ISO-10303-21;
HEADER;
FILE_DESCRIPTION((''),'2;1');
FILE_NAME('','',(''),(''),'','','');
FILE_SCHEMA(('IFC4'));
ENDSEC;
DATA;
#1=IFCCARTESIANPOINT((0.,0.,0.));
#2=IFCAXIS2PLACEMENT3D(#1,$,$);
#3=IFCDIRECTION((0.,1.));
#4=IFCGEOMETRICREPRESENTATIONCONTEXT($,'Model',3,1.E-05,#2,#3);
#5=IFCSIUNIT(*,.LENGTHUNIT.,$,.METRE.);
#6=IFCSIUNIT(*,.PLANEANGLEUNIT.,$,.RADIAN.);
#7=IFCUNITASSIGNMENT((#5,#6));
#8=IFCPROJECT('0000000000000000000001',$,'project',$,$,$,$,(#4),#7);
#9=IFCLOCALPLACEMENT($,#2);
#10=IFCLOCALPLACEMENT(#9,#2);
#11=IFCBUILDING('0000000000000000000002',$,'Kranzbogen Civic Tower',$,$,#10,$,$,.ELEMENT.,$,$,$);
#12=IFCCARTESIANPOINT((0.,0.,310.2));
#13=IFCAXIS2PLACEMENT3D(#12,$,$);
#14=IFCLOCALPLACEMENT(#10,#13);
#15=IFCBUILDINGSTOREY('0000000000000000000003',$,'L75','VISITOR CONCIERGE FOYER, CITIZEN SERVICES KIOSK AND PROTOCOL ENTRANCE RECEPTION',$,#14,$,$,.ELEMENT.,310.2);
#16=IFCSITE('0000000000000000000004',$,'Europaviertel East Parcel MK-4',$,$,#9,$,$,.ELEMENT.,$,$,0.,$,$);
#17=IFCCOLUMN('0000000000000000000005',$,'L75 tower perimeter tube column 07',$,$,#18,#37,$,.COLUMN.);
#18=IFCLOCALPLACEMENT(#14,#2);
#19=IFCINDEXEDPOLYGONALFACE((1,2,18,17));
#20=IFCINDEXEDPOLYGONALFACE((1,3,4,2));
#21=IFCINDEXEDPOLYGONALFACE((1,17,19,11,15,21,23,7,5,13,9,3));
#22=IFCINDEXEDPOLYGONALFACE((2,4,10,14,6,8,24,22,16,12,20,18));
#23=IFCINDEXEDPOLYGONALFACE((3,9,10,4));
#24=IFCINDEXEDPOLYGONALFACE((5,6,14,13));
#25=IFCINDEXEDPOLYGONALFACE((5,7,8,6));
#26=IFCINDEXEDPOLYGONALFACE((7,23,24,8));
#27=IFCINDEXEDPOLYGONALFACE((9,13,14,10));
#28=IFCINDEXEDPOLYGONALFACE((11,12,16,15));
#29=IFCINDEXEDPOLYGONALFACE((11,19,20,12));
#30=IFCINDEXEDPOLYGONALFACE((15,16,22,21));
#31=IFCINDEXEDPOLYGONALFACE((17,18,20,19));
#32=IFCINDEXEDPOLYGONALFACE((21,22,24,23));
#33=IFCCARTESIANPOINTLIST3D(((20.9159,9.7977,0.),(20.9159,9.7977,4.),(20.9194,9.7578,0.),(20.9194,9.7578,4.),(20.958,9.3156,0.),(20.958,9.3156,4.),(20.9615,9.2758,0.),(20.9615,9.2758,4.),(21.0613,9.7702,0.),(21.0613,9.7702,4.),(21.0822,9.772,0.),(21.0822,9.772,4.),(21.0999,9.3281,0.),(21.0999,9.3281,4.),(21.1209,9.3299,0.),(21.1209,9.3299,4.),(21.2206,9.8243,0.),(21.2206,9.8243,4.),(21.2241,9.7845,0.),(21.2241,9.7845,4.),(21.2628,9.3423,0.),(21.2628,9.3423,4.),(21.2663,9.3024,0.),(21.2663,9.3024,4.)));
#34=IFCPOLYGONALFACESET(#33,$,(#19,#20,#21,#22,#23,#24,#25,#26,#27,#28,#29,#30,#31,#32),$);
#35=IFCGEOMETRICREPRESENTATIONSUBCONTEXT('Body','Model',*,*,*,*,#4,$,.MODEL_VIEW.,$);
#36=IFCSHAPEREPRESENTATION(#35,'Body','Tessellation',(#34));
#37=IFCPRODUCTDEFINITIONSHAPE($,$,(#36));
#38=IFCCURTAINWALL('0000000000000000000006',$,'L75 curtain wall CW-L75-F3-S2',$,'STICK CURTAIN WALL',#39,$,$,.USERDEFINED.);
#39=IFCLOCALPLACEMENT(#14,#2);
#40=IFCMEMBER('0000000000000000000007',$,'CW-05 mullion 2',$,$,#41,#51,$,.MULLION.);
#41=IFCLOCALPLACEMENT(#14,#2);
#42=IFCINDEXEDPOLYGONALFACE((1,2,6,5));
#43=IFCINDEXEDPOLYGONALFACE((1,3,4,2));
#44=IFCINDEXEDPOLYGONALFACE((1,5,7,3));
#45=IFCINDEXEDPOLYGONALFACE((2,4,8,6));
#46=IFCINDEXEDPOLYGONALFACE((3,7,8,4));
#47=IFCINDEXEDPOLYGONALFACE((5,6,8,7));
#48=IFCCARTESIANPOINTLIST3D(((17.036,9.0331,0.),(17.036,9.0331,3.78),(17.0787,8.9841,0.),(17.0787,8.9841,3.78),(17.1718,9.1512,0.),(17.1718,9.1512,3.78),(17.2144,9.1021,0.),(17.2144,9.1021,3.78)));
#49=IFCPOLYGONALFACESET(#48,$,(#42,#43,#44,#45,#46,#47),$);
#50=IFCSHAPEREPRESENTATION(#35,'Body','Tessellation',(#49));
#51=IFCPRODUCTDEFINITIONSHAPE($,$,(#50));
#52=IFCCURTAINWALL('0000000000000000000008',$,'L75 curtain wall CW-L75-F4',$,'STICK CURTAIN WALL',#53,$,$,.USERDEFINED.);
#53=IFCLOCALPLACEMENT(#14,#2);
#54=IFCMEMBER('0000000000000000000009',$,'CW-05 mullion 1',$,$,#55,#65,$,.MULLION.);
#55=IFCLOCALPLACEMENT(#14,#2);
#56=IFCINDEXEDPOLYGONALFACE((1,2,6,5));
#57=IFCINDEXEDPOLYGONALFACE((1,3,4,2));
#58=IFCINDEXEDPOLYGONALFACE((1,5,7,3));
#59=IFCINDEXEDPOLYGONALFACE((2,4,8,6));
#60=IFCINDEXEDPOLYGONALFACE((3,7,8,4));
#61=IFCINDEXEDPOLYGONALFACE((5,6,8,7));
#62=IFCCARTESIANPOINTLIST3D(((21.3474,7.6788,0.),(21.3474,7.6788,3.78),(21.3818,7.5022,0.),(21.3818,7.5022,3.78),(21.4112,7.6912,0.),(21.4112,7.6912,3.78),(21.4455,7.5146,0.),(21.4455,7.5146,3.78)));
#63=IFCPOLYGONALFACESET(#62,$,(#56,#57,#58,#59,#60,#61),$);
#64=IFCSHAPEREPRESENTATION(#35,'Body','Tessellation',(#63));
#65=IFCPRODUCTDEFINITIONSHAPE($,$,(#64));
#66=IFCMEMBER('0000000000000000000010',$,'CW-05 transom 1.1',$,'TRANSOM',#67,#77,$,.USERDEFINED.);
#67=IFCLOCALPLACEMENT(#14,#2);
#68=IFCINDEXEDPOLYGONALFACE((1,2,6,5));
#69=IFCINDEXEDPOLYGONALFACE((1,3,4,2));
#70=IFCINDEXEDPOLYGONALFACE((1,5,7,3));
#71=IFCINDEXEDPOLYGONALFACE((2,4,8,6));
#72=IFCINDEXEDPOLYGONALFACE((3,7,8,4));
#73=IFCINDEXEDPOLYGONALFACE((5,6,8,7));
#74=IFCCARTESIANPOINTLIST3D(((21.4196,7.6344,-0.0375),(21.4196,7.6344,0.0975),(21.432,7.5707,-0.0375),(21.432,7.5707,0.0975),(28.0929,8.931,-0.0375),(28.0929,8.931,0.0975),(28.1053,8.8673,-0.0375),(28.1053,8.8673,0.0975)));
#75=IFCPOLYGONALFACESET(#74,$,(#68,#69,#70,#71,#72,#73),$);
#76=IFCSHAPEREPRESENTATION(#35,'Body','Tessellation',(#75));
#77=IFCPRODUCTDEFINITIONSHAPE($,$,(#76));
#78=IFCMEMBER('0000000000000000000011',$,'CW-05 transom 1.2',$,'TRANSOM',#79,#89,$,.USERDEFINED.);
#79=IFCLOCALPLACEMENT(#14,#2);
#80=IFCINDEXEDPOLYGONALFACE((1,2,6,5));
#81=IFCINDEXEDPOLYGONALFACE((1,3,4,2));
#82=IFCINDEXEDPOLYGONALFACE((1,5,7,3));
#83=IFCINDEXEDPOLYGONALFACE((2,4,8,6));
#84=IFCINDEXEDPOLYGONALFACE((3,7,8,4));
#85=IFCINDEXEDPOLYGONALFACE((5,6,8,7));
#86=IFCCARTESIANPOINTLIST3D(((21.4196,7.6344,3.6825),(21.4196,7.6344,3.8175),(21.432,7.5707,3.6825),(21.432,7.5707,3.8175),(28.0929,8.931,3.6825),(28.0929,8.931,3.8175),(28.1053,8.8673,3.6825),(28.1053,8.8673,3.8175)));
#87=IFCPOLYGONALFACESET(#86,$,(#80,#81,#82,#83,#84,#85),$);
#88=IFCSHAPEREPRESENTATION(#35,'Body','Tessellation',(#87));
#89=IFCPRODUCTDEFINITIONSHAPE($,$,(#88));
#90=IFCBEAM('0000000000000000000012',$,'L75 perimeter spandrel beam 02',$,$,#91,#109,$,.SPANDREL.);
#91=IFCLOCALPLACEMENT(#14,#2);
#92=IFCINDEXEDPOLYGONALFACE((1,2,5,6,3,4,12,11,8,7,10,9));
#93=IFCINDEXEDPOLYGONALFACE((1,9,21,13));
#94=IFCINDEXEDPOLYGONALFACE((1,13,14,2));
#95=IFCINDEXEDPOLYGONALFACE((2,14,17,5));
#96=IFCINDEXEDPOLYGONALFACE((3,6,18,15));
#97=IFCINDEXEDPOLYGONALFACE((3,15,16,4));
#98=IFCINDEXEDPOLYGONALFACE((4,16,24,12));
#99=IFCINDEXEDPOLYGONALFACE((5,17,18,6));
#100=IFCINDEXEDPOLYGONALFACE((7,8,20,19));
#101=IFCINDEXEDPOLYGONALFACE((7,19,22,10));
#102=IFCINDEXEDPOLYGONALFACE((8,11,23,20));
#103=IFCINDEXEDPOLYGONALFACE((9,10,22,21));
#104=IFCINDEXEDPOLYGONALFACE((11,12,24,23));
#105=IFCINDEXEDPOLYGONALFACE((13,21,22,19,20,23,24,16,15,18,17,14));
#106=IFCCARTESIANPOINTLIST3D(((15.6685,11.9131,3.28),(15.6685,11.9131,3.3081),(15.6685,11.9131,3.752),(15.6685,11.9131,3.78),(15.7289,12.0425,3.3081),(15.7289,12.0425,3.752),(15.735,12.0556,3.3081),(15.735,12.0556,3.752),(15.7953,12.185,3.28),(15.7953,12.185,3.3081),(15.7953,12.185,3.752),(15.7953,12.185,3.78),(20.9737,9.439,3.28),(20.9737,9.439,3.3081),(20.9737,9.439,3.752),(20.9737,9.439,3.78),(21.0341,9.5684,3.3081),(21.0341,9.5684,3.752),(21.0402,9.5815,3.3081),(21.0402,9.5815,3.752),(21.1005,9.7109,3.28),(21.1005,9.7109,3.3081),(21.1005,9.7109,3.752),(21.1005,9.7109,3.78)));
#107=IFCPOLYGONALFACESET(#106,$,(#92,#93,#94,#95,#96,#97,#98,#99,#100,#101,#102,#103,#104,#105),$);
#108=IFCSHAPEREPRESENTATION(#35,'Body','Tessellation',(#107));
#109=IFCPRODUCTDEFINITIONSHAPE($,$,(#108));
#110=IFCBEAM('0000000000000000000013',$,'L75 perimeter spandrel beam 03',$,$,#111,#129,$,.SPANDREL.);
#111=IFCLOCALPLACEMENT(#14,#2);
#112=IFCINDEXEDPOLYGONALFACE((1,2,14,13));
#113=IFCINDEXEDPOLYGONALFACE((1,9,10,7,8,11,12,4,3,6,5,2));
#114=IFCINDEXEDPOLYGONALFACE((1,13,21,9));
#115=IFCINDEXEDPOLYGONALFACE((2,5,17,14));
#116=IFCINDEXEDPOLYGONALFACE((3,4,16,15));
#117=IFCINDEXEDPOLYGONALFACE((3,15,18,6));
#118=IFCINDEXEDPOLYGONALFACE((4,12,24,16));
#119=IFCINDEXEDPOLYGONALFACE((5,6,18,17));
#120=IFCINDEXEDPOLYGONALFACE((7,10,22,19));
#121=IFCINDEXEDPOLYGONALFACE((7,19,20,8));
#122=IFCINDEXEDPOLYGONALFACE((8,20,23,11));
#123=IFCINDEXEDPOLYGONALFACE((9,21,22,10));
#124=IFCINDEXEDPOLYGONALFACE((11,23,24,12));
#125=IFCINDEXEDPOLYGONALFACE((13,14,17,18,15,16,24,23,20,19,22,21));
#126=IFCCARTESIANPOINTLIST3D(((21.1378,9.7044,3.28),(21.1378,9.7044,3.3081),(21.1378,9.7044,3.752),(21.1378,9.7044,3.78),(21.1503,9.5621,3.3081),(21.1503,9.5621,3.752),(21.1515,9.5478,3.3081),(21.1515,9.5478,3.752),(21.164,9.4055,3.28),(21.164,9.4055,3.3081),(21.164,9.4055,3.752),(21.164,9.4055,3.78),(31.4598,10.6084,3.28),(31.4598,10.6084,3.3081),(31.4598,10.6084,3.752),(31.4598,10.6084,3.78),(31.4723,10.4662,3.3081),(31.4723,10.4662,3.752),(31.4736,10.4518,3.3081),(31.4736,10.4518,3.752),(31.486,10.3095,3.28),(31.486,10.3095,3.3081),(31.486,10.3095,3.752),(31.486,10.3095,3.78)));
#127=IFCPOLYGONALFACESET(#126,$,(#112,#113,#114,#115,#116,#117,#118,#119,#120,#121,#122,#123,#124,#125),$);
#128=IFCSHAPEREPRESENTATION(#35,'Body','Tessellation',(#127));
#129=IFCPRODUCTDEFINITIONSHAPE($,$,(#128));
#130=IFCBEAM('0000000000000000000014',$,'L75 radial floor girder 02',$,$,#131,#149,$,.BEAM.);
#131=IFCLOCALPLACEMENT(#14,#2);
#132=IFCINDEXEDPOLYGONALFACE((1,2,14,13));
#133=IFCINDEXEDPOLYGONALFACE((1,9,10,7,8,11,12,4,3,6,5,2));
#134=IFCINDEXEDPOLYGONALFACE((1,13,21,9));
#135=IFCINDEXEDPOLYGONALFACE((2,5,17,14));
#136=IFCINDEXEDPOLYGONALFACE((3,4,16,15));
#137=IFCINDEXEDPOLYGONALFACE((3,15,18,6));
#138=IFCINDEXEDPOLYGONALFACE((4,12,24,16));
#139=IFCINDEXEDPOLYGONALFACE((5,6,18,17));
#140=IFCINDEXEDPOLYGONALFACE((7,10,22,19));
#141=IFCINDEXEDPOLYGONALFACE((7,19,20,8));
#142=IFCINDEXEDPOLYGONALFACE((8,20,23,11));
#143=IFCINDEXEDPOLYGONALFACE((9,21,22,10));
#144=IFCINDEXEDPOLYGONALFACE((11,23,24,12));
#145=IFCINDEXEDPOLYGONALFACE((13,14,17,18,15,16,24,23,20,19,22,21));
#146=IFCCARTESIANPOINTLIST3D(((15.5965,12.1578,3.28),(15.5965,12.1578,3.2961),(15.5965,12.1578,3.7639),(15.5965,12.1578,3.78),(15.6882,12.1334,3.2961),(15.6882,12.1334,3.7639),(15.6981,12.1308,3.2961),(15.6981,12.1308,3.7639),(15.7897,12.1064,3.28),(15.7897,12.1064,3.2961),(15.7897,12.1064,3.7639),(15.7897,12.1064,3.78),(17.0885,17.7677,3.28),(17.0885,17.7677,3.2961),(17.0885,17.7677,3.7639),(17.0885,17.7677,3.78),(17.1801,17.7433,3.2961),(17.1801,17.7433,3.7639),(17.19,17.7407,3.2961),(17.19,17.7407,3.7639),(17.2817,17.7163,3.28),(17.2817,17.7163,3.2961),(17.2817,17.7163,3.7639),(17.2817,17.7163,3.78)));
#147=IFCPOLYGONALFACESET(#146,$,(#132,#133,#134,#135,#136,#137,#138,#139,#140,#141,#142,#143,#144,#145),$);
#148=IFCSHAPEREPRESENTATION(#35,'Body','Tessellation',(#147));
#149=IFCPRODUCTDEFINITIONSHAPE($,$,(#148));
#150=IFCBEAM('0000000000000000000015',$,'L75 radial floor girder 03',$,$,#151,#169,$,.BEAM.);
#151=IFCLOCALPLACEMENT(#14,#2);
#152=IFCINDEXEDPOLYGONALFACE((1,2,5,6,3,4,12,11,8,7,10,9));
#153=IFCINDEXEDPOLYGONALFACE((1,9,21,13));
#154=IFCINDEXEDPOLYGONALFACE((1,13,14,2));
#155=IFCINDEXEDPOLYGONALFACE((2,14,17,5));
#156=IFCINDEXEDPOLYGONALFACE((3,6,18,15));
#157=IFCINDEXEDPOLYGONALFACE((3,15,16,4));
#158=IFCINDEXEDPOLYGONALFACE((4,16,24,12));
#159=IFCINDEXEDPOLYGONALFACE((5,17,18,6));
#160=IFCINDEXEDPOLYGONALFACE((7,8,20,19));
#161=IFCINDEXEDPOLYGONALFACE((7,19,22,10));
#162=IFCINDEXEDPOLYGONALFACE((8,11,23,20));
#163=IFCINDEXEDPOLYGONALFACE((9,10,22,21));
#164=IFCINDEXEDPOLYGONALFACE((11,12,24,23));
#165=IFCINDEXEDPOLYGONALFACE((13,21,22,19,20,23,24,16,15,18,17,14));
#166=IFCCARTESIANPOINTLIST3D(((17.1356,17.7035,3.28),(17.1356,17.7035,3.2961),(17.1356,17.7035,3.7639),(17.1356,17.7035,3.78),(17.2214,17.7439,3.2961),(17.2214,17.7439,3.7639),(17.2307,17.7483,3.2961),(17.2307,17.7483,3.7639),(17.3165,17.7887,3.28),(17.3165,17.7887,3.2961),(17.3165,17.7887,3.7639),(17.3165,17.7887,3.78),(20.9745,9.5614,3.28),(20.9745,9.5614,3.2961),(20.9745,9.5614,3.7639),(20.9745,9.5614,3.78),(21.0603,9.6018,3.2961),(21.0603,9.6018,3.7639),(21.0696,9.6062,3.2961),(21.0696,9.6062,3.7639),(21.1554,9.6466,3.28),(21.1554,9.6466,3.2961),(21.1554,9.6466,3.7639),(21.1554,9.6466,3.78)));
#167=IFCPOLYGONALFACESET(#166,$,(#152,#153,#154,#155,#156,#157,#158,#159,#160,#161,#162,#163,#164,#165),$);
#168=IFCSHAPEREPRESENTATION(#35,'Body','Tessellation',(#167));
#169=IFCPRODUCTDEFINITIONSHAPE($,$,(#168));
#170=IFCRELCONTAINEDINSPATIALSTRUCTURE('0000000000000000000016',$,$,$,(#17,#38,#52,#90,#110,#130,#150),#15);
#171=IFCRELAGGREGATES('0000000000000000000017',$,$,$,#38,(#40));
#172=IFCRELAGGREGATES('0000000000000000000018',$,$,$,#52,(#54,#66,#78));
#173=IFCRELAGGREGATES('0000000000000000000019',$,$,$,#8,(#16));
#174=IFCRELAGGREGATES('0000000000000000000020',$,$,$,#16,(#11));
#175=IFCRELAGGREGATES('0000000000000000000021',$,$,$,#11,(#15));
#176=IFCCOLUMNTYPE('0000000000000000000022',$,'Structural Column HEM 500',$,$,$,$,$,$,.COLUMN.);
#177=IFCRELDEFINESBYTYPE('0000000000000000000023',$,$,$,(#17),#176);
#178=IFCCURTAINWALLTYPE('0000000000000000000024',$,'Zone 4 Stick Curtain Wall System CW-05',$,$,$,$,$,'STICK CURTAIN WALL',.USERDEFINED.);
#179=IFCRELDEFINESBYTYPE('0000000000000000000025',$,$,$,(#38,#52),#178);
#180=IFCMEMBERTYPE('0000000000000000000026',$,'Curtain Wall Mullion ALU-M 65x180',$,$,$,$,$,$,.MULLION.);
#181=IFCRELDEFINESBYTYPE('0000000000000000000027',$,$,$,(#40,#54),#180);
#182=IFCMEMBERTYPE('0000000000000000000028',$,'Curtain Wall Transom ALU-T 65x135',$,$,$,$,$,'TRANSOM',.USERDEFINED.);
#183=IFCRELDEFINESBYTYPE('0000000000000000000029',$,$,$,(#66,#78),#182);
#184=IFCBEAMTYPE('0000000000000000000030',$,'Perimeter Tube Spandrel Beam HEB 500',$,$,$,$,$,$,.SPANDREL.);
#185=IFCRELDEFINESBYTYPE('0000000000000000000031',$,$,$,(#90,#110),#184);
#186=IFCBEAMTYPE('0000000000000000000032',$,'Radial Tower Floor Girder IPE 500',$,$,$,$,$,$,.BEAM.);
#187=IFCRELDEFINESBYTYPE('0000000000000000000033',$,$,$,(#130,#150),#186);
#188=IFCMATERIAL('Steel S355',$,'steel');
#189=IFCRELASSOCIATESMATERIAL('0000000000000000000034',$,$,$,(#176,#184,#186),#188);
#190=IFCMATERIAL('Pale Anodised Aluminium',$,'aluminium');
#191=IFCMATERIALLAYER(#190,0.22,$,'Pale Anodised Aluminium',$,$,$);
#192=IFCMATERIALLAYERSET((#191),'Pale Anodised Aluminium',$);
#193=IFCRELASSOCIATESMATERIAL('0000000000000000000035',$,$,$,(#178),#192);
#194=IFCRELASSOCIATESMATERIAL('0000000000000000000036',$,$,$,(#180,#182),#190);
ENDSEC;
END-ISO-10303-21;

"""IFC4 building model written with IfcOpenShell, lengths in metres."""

from ifc_helpers import new_model, si_unit, direction, frame, origin, origin_2d, place, context, subcontext, project, spatial, rectangle, i_section, extrude, material, layer, layer_set, material_profile, profile_set, type_object, element, aggregate, save


model = new_model("IFC4")

# Units and contexts
model_context = context("Model", 3, precision=1e-05, world=origin(), true_north=direction((0.0, 1.0)))
body_context = subcontext(model_context, "Body", "Model", "MODEL_VIEW")
ifc_project = project(units=[si_unit("LENGTHUNIT", "METRE"), si_unit("PLANEANGLEUNIT", "RADIAN")], contexts=[model_context])

# Site, building, storey
site_placement = place(None, origin())
site = spatial("IfcSite", under=ifc_project, at=site_placement, Name="Europaviertel East Parcel MK-4", CompositionType="ELEMENT", RefElevation=0.0)
building_placement = place(site_placement, origin())
building = spatial("IfcBuilding", under=site, at=building_placement, Name="Kranzbogen Civic Tower", CompositionType="ELEMENT")
storey_placement = place(building_placement, frame((0.0, 0.0, 310.2)))
storey = spatial("IfcBuildingStorey", under=building, at=storey_placement, Name="L75", Description="VISITOR CONCIERGE FOYER, CITIZEN SERVICES KIOSK AND PROTOCOL ENTRANCE RECEPTION", CompositionType="ELEMENT", Elevation=310.2)

# Column
ifc_material_1 = material(Name="Steel S355", Category="steel")
ifc_material_profile_1 = material_profile(ifc_material_1, i_section(OverallWidth=0.3059, OverallDepth=0.5239, WebThickness=0.021, FlangeThickness=0.04, at=origin_2d()), Name="HEM 500")
ifc_profile_set_1 = profile_set([ifc_material_profile_1], Name="Steel S355")
column_type = type_object("IfcColumnType", Name="Structural Column HEM 500", PredefinedType="COLUMN", material=ifc_profile_set_1)
column_placement = place(storey_placement, frame((21.0911, 9.55, 0.0), z_axis=(0.0, 0.0, 1.0), x_axis=(0.996195, 0.087156, 0.0)))
element("IfcColumn", 1, at=column_placement, inside=storey, type_object=column_type, Name="L75 tower perimeter tube column 07", PredefinedType="COLUMN", context=body_context, shape_type="SweptSolid", body=[
    extrude(i_section(OverallWidth=0.3059, OverallDepth=0.5239, WebThickness=0.021, FlangeThickness=0.04, at=origin_2d()), origin(), (0.0, 0.0, 1.0), 4.0),
])

# Curtain wall, member
ifc_material_2 = material(Name="Pale Anodised Aluminium", Category="aluminium")
ifc_layer_1 = layer(ifc_material_2, 0.22, Name="Pale Anodised Aluminium")
ifc_layer_set_1 = layer_set([ifc_layer_1], Name="Pale Anodised Aluminium")
curtain_wall_type = type_object("IfcCurtainWallType", Name="Zone 4 Stick Curtain Wall System CW-05", ElementType="STICK CURTAIN WALL", PredefinedType="USERDEFINED", material=ifc_layer_set_1)
curtain_wall_1_placement = place(storey_placement, origin())
curtain_wall_1 = element("IfcCurtainWall", 2, at=curtain_wall_1_placement, inside=storey, type_object=curtain_wall_type, Name="L75 curtain wall CW-L75-F3-S2", ObjectType="STICK CURTAIN WALL", PredefinedType="USERDEFINED")
ifc_material_profile_2 = material_profile(ifc_material_2, rectangle(XDim=0.0649, YDim=0.1799, at=origin_2d()), Name="ALU-M 65x180")
ifc_profile_set_2 = profile_set([ifc_material_profile_2], Name="Pale Anodised Aluminium")
member_type_1 = type_object("IfcMemberType", Name="Curtain Wall Mullion ALU-M 65x180", PredefinedType="MULLION", material=ifc_profile_set_2)
member_1_placement = place(storey_placement, frame((17.1252, 9.0676, 0.0), z_axis=(0.0, 0.0, 1.0), x_axis=(0.656074, -0.754696, 0.0)))
member_1 = element("IfcMember", 3, at=member_1_placement, type_object=member_type_1, Name="CW-05 mullion 2", PredefinedType="MULLION", context=body_context, shape_type="SweptSolid", body=[
    extrude(rectangle(XDim=0.0649, YDim=0.1799, at=origin_2d()), origin(), (0.0, 0.0, 1.0), 3.78),
])
aggregate(curtain_wall_1, [member_1])

# Curtain wall, members
curtain_wall_2_placement = place(storey_placement, origin())
curtain_wall_2 = element("IfcCurtainWall", 4, at=curtain_wall_2_placement, inside=storey, type_object=curtain_wall_type, Name="L75 curtain wall CW-L75-F4", ObjectType="STICK CURTAIN WALL", PredefinedType="USERDEFINED")
member_2_placement = place(storey_placement, frame((21.3965, 7.5967, 0.0), z_axis=(0.0, 0.0, 1.0), x_axis=(0.981635, 0.190767, 0.0)))
member_2 = element("IfcMember", 5, at=member_2_placement, type_object=member_type_1, Name="CW-05 mullion 1", PredefinedType="MULLION", context=body_context, shape_type="SweptSolid", body=[
    extrude(rectangle(XDim=0.0649, YDim=0.1799, at=origin_2d()), origin(), (0.0, 0.0, 1.0), 3.78),
])
ifc_material_profile_3 = material_profile(ifc_material_2, rectangle(XDim=0.0649, YDim=0.135, at=origin_2d()), Name="ALU-T 65x135")
ifc_profile_set_3 = profile_set([ifc_material_profile_3], Name="Pale Anodised Aluminium")
member_type_2 = type_object("IfcMemberType", Name="Curtain Wall Transom ALU-T 65x135", ElementType="TRANSOM", PredefinedType="USERDEFINED", material=ifc_profile_set_3)
member_3_placement = place(storey_placement, frame((21.4258, 7.6025, 0.03), z_axis=(0.981642, 0.190733, 0.0), x_axis=(-0.190733, 0.981642, 0.0)))
member_3 = element("IfcMember", 6, at=member_3_placement, type_object=member_type_2, Name="CW-05 transom 1.1", ObjectType="TRANSOM", PredefinedType="USERDEFINED", context=body_context, shape_type="SweptSolid", body=[
    extrude(rectangle(XDim=0.0649, YDim=0.135, at=origin_2d()), origin(), (0.0, 0.0, 1.0), 6.7981),
])
member_4_placement = place(storey_placement, frame((21.4258, 7.6025, 3.75), z_axis=(0.981642, 0.190733, 0.0), x_axis=(-0.190733, 0.981642, 0.0)))
member_4 = element("IfcMember", 7, at=member_4_placement, type_object=member_type_2, Name="CW-05 transom 1.2", ObjectType="TRANSOM", PredefinedType="USERDEFINED", context=body_context, shape_type="SweptSolid", body=[
    extrude(rectangle(XDim=0.0649, YDim=0.135, at=origin_2d()), origin(), (0.0, 0.0, 1.0), 6.7981),
])
aggregate(curtain_wall_2, [member_2, member_3, member_4])

# Beams
ifc_material_profile_4 = material_profile(ifc_material_1, i_section(OverallWidth=0.3, OverallDepth=0.5, WebThickness=0.0144, FlangeThickness=0.0281, at=origin_2d()), Name="HEB 500")
ifc_profile_set_4 = profile_set([ifc_material_profile_4], Name="Steel S355")
beam_type_1 = type_object("IfcBeamType", Name="Perimeter Tube Spandrel Beam HEB 500", PredefinedType="SPANDREL", material=ifc_profile_set_4)
beam_1_placement = place(storey_placement, frame((15.7319, 12.0491, 3.53), z_axis=(0.90629, -0.422657, 0.0), x_axis=(0.422657, 0.90629, 0.0)))
element("IfcBeam", 8, at=beam_1_placement, inside=storey, type_object=beam_type_1, Name="L75 perimeter spandrel beam 02", PredefinedType="SPANDREL", context=body_context, shape_type="SweptSolid", body=[
    extrude(i_section(OverallWidth=0.3, OverallDepth=0.5, WebThickness=0.0144, FlangeThickness=0.0281, at=origin_2d()), origin(), (0.0, 0.0, 1.0), 5.8538),
])
beam_2_placement = place(storey_placement, frame((21.1509, 9.5549, 3.53), z_axis=(0.996186, 0.087251, 0.0), x_axis=(-0.087251, 0.996186, 0.0)))
element("IfcBeam", 9, at=beam_2_placement, inside=storey, type_object=beam_type_1, Name="L75 perimeter spandrel beam 03", PredefinedType="SPANDREL", context=body_context, shape_type="SweptSolid", body=[
    extrude(i_section(OverallWidth=0.3, OverallDepth=0.5, WebThickness=0.0144, FlangeThickness=0.0281, at=origin_2d()), origin(), (0.0, 0.0, 1.0), 10.3616),
])
ifc_material_profile_5 = material_profile(ifc_material_1, i_section(OverallWidth=0.2, OverallDepth=0.5, WebThickness=0.0103, FlangeThickness=0.0161, at=origin_2d()), Name="IPE 500")
ifc_profile_set_5 = profile_set([ifc_material_profile_5], Name="Steel S355")
beam_type_2 = type_object("IfcBeamType", Name="Radial Tower Floor Girder IPE 500", PredefinedType="BEAM", material=ifc_profile_set_5)
beam_3_placement = place(storey_placement, frame((15.6931, 12.1321, 3.53), z_axis=(0.257016, 0.966407, 0.0), x_axis=(-0.966407, 0.257016, 0.0)))
element("IfcBeam", 10, at=beam_3_placement, inside=storey, type_object=beam_type_2, Name="L75 radial floor girder 02", PredefinedType="BEAM", context=body_context, shape_type="SweptSolid", body=[
    extrude(i_section(OverallWidth=0.2, OverallDepth=0.5, WebThickness=0.0103, FlangeThickness=0.0161, at=origin_2d()), origin(), (0.0, 0.0, 1.0), 5.8049),
])
beam_4_placement = place(storey_placement, frame((21.0649, 9.604, 3.53), z_axis=(-0.42646, 0.904506, 0.0), x_axis=(-0.904506, -0.42646, 0.0)))
element("IfcBeam", 11, at=beam_4_placement, inside=storey, type_object=beam_type_2, Name="L75 radial floor girder 03", PredefinedType="BEAM", context=body_context, shape_type="SweptSolid", body=[
    extrude(i_section(OverallWidth=0.2, OverallDepth=0.5, WebThickness=0.0103, FlangeThickness=0.0161, at=origin_2d()), origin(), (0.0, 0.0, 1.0), 9.0017),
])

save(model, "model.ifc")
